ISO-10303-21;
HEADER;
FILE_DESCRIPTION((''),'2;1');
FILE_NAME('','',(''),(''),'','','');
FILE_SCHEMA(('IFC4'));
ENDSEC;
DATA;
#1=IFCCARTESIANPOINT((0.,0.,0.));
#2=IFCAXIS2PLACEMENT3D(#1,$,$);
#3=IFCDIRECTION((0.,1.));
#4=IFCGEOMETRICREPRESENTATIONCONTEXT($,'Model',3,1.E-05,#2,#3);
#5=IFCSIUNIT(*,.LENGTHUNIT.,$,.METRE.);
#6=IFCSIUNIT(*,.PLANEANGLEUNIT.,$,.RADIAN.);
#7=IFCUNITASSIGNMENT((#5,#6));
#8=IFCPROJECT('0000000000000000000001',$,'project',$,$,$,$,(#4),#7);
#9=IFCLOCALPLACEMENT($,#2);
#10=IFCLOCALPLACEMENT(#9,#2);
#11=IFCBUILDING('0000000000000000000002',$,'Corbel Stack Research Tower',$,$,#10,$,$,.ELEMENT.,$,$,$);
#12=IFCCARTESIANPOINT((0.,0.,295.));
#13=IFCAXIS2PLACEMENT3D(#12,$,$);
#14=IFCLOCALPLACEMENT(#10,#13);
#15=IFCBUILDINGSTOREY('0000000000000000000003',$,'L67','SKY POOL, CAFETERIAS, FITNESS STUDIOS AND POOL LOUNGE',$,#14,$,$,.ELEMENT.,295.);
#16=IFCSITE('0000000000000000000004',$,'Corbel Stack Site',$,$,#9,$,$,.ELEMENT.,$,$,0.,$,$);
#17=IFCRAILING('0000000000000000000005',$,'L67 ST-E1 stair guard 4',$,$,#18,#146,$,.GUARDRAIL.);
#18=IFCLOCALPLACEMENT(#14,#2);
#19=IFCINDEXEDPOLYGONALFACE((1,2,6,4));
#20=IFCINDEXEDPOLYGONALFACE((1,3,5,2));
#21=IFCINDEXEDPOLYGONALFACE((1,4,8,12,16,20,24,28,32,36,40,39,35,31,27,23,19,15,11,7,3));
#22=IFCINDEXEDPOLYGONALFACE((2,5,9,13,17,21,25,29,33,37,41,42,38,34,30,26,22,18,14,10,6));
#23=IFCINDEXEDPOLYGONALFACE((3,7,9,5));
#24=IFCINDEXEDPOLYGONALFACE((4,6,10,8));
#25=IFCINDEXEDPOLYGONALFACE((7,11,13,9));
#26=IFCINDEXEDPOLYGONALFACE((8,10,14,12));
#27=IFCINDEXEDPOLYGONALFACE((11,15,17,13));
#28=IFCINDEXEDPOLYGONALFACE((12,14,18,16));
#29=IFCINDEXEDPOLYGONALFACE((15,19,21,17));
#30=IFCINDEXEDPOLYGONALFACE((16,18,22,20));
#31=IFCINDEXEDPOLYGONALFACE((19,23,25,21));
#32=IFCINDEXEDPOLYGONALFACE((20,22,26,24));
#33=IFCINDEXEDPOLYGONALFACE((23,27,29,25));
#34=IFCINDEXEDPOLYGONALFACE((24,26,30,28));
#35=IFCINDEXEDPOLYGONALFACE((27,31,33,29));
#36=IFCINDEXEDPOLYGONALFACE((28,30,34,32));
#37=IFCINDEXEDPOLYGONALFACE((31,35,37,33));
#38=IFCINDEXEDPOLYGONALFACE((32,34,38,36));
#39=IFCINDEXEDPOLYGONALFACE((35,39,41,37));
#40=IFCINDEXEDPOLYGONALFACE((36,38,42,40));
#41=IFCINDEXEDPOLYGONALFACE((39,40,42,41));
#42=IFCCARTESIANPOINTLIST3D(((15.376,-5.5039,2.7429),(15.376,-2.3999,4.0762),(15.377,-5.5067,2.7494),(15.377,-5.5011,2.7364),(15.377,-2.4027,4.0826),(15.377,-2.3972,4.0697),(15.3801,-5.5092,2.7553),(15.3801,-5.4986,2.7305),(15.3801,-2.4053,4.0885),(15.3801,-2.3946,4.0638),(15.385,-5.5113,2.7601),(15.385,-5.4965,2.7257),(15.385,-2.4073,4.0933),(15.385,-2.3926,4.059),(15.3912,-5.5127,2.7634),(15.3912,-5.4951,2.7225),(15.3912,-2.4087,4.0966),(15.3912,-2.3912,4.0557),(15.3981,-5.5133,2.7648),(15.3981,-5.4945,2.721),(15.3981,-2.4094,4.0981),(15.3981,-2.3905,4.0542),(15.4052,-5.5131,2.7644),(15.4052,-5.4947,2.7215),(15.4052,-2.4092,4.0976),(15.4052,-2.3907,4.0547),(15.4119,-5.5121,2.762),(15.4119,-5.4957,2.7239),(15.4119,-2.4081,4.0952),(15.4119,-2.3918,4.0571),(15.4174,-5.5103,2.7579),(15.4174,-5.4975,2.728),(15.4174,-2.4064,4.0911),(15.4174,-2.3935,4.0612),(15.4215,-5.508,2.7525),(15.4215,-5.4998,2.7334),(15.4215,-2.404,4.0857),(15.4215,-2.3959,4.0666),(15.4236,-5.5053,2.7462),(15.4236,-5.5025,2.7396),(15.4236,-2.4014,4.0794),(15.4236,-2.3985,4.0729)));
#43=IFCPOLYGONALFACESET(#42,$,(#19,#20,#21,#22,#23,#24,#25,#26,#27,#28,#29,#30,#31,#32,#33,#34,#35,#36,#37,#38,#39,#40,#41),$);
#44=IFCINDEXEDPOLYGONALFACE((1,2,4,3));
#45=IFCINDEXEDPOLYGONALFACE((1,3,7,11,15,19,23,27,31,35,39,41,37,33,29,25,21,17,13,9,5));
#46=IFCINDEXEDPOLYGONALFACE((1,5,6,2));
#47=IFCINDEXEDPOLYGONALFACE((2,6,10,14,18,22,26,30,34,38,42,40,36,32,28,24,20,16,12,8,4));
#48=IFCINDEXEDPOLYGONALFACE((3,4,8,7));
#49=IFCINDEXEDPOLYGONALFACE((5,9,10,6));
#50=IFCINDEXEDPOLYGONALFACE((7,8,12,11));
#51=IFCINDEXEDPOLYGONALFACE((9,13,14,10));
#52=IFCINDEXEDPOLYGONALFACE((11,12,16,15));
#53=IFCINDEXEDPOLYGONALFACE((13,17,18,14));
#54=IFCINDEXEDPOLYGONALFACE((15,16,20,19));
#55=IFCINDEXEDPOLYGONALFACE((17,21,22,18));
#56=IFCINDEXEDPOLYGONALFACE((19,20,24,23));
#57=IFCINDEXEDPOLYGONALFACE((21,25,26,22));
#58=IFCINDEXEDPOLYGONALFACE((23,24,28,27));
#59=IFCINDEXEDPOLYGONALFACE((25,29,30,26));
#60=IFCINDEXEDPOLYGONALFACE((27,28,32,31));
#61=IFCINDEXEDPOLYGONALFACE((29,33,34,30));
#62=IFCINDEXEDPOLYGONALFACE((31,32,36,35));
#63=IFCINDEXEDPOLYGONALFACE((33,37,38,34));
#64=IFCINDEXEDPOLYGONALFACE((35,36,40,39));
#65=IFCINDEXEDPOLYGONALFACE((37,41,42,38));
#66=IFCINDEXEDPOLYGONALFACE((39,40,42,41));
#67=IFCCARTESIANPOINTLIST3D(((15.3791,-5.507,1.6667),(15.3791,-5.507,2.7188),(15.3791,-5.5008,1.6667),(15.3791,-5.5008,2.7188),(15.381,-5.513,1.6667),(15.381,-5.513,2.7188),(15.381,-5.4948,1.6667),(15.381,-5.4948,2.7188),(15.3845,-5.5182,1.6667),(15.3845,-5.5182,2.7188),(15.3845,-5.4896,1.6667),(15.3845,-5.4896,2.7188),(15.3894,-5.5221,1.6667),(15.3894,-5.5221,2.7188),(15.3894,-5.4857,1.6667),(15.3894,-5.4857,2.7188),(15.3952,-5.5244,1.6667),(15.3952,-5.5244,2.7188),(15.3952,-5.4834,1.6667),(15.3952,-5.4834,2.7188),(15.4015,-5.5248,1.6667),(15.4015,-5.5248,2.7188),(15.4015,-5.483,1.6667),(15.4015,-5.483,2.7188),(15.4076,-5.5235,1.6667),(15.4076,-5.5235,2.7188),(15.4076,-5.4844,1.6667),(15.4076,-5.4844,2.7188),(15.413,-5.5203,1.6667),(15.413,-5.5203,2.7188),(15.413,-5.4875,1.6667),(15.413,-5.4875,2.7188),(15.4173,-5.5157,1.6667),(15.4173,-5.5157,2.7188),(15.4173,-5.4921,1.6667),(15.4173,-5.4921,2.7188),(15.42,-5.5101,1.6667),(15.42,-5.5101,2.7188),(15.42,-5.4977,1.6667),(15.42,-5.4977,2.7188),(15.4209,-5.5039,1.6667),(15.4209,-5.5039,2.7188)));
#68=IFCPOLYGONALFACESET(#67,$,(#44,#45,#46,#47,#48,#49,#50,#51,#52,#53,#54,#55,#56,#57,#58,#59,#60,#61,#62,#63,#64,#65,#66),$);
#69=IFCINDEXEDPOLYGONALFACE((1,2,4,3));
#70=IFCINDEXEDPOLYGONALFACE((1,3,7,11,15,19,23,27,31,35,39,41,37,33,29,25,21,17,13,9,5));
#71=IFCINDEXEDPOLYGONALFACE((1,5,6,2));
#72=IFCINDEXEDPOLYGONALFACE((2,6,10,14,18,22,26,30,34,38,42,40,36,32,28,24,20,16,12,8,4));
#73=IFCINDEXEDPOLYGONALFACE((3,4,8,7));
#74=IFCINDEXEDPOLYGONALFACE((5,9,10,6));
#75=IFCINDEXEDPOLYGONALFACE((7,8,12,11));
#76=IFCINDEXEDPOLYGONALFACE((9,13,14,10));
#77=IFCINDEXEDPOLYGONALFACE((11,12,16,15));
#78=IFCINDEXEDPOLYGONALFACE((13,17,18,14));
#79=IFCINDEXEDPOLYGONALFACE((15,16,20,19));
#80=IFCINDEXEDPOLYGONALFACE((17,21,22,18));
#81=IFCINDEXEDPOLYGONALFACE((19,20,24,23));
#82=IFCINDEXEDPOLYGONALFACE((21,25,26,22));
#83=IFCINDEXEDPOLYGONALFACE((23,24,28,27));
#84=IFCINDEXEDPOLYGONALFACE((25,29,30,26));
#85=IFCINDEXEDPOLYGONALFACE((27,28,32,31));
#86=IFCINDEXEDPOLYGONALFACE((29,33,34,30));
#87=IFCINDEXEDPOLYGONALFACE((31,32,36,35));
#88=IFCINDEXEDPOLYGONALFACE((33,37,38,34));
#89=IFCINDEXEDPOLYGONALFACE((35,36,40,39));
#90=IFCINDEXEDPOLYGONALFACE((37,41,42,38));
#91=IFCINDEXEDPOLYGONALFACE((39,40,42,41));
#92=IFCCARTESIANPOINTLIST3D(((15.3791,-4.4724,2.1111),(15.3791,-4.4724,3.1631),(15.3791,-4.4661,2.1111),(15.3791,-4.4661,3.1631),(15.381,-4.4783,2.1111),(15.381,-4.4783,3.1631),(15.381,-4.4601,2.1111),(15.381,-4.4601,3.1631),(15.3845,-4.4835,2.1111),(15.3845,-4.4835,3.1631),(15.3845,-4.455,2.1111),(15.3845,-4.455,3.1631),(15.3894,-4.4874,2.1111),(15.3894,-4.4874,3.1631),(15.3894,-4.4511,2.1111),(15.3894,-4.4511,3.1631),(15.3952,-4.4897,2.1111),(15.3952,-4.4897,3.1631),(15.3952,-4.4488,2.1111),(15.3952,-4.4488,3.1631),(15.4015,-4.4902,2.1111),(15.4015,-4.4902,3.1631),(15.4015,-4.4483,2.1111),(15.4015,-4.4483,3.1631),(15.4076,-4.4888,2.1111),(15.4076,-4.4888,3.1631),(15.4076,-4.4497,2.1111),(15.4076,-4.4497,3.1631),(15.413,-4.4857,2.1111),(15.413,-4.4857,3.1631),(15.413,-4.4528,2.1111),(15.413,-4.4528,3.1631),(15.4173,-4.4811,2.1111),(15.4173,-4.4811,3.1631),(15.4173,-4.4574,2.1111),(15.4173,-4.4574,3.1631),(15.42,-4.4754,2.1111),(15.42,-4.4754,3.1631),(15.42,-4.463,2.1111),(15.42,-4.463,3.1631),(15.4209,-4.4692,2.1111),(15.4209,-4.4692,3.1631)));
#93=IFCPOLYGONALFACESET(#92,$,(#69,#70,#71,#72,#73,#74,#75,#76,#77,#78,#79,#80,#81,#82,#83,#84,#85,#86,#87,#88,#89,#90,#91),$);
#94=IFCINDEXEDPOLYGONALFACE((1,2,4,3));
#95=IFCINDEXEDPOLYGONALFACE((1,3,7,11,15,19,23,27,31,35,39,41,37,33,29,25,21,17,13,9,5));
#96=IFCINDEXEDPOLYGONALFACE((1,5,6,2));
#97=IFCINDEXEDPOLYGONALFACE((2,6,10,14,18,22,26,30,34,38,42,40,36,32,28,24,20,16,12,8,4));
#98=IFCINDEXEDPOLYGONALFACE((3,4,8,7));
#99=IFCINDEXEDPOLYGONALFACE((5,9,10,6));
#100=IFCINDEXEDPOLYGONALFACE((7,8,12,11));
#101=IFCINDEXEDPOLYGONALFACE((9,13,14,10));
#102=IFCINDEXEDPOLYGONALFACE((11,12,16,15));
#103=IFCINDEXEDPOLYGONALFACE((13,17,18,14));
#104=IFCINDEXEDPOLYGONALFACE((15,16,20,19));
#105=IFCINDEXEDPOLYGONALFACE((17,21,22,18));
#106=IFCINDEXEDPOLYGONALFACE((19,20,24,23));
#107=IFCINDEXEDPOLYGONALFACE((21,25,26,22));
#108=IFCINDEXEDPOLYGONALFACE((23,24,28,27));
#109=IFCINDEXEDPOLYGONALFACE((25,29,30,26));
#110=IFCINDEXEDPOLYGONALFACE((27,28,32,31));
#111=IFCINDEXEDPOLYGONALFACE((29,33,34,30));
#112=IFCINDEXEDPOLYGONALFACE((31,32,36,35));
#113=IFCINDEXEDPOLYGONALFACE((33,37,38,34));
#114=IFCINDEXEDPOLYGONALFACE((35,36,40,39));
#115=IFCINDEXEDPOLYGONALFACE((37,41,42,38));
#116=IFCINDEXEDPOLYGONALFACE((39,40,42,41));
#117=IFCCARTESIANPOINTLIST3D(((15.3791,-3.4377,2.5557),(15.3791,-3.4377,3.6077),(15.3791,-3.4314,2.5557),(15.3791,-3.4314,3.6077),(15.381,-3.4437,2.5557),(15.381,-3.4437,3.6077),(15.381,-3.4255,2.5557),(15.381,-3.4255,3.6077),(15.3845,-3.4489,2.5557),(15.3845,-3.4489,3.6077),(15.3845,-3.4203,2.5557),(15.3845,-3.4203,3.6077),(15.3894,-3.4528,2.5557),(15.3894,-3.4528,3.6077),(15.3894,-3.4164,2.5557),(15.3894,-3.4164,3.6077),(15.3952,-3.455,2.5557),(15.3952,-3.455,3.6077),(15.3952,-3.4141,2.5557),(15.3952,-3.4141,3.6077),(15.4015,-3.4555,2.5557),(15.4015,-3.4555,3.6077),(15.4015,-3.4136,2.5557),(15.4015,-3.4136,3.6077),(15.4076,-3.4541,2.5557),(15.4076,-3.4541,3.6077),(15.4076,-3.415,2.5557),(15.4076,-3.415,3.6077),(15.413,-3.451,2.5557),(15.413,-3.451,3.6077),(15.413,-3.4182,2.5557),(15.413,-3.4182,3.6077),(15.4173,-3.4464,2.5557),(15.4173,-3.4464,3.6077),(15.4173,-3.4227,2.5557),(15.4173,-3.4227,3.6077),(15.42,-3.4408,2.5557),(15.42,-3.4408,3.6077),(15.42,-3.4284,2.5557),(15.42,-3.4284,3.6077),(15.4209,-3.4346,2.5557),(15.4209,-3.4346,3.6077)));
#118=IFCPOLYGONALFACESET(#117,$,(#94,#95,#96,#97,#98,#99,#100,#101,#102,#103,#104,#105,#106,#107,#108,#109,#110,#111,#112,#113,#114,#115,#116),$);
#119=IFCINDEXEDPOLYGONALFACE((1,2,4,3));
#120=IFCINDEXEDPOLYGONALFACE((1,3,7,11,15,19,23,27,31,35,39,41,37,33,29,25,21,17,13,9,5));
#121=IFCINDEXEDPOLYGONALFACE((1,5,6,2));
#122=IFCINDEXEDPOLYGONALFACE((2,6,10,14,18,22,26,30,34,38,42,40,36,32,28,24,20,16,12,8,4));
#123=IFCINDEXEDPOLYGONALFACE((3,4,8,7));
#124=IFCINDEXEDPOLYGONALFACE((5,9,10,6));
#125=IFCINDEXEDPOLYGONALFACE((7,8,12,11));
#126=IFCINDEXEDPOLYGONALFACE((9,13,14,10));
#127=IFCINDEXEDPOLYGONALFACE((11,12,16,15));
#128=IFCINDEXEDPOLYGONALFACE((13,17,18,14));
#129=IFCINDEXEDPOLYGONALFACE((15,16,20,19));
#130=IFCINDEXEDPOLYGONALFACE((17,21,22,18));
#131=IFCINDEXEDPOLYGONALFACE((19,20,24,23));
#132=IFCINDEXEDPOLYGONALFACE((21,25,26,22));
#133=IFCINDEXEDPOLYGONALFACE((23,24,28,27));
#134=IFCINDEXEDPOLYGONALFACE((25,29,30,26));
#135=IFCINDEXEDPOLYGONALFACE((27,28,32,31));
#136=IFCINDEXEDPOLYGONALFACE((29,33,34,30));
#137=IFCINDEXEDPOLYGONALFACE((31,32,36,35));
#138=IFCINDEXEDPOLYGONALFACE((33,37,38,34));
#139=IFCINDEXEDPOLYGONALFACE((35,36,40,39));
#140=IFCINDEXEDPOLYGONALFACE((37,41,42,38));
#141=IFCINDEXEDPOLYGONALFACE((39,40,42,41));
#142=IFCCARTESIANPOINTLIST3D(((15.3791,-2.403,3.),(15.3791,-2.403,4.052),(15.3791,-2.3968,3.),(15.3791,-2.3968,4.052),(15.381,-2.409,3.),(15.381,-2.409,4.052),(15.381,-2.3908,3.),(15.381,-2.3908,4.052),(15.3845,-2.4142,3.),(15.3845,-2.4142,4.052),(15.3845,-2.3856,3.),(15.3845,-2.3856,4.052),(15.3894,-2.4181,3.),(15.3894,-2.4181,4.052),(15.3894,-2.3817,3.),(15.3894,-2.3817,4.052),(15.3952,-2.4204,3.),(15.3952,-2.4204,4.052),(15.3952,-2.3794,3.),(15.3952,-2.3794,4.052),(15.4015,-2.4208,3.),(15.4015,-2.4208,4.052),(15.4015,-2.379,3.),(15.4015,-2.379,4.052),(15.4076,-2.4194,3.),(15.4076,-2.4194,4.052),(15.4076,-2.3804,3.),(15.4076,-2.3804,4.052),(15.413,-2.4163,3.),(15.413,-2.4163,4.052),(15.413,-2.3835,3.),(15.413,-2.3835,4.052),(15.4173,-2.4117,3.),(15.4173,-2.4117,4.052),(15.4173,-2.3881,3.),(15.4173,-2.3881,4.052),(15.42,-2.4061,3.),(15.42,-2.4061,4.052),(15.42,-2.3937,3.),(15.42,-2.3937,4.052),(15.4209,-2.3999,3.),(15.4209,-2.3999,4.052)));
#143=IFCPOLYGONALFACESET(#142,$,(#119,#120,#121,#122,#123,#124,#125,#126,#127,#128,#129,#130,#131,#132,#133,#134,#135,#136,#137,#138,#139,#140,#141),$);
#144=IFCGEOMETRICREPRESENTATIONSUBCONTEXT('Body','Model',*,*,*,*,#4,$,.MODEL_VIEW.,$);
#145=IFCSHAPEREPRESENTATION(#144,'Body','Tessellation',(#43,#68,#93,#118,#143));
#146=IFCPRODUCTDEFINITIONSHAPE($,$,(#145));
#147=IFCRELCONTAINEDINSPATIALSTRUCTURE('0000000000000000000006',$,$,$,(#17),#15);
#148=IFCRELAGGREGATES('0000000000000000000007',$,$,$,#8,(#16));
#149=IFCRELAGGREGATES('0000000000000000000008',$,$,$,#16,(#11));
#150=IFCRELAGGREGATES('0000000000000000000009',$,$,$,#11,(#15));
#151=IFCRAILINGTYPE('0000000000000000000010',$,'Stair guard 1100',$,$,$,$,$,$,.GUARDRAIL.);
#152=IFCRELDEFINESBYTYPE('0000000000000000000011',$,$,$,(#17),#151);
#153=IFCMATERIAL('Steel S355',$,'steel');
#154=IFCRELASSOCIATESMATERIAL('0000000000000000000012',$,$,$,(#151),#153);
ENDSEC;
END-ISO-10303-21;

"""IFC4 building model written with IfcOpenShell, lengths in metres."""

from ifc_helpers import new_model, si_unit, direction, frame, origin, origin_2d, place, context, subcontext, project, spatial, circle, extrude, material, type_object, element, save


model = new_model("IFC4")

# Units and contexts
model_context = context("Model", 3, precision=1e-05, world=origin(), true_north=direction((0.0, 1.0)))
body_context = subcontext(model_context, "Body", "Model", "MODEL_VIEW")
ifc_project = project(units=[si_unit("LENGTHUNIT", "METRE"), si_unit("PLANEANGLEUNIT", "RADIAN")], contexts=[model_context])

# Site, building, storey
site_placement = place(None, origin())
site = spatial("IfcSite", under=ifc_project, at=site_placement, Name="Corbel Stack Site", CompositionType="ELEMENT", RefElevation=0.0)
building_placement = place(site_placement, origin())
building = spatial("IfcBuilding", under=site, at=building_placement, Name="Corbel Stack Research Tower", CompositionType="ELEMENT")
storey_placement = place(building_placement, frame((0.0, 0.0, 295.0)))
storey = spatial("IfcBuildingStorey", under=building, at=storey_placement, Name="L67", Description="SKY POOL, CAFETERIAS, FITNESS STUDIOS AND POOL LOUNGE", CompositionType="ELEMENT", Elevation=295.0)

# Railing
ifc_material_1 = material(Name="Steel S355", Category="steel")
railing_type_1 = type_object("IfcRailingType", Name="Stair guard 1100", PredefinedType="GUARDRAIL", material=ifc_material_1)
railing_1_placement = place(storey_placement, frame((15.3999, -5.5039, 1.6667)))
element("IfcRailing", 1, at=railing_1_placement, inside=storey, type_object=railing_type_1, Name="L67 ST-E1 stair guard 4", PredefinedType="GUARDRAIL", context=body_context, shape_type="SweptSolid", body=[
    extrude(circle(Radius=0.0239, at=origin_2d()), frame((0.0, 0.0, 1.0762), z_axis=(0.0, 0.918827, 0.394661), x_axis=(-1.0, 0.0, 0.0)), (0.0, 0.0, 1.0), 3.3782),
    extrude(circle(Radius=0.021, at=origin_2d()), origin(), (0.0, 0.0, 1.0), 1.052),
    extrude(circle(Radius=0.021, at=origin_2d()), frame((0.0, 1.0347, 0.4443)), (0.0, 0.0, 1.0), 1.052),
    extrude(circle(Radius=0.021, at=origin_2d()), frame((0.0, 2.0693, 0.8889)), (0.0, 0.0, 1.0), 1.052),
    extrude(circle(Radius=0.021, at=origin_2d()), frame((0.0, 3.104, 1.3333)), (0.0, 0.0, 1.0), 1.052),
])

save(model, "model.ifc")
